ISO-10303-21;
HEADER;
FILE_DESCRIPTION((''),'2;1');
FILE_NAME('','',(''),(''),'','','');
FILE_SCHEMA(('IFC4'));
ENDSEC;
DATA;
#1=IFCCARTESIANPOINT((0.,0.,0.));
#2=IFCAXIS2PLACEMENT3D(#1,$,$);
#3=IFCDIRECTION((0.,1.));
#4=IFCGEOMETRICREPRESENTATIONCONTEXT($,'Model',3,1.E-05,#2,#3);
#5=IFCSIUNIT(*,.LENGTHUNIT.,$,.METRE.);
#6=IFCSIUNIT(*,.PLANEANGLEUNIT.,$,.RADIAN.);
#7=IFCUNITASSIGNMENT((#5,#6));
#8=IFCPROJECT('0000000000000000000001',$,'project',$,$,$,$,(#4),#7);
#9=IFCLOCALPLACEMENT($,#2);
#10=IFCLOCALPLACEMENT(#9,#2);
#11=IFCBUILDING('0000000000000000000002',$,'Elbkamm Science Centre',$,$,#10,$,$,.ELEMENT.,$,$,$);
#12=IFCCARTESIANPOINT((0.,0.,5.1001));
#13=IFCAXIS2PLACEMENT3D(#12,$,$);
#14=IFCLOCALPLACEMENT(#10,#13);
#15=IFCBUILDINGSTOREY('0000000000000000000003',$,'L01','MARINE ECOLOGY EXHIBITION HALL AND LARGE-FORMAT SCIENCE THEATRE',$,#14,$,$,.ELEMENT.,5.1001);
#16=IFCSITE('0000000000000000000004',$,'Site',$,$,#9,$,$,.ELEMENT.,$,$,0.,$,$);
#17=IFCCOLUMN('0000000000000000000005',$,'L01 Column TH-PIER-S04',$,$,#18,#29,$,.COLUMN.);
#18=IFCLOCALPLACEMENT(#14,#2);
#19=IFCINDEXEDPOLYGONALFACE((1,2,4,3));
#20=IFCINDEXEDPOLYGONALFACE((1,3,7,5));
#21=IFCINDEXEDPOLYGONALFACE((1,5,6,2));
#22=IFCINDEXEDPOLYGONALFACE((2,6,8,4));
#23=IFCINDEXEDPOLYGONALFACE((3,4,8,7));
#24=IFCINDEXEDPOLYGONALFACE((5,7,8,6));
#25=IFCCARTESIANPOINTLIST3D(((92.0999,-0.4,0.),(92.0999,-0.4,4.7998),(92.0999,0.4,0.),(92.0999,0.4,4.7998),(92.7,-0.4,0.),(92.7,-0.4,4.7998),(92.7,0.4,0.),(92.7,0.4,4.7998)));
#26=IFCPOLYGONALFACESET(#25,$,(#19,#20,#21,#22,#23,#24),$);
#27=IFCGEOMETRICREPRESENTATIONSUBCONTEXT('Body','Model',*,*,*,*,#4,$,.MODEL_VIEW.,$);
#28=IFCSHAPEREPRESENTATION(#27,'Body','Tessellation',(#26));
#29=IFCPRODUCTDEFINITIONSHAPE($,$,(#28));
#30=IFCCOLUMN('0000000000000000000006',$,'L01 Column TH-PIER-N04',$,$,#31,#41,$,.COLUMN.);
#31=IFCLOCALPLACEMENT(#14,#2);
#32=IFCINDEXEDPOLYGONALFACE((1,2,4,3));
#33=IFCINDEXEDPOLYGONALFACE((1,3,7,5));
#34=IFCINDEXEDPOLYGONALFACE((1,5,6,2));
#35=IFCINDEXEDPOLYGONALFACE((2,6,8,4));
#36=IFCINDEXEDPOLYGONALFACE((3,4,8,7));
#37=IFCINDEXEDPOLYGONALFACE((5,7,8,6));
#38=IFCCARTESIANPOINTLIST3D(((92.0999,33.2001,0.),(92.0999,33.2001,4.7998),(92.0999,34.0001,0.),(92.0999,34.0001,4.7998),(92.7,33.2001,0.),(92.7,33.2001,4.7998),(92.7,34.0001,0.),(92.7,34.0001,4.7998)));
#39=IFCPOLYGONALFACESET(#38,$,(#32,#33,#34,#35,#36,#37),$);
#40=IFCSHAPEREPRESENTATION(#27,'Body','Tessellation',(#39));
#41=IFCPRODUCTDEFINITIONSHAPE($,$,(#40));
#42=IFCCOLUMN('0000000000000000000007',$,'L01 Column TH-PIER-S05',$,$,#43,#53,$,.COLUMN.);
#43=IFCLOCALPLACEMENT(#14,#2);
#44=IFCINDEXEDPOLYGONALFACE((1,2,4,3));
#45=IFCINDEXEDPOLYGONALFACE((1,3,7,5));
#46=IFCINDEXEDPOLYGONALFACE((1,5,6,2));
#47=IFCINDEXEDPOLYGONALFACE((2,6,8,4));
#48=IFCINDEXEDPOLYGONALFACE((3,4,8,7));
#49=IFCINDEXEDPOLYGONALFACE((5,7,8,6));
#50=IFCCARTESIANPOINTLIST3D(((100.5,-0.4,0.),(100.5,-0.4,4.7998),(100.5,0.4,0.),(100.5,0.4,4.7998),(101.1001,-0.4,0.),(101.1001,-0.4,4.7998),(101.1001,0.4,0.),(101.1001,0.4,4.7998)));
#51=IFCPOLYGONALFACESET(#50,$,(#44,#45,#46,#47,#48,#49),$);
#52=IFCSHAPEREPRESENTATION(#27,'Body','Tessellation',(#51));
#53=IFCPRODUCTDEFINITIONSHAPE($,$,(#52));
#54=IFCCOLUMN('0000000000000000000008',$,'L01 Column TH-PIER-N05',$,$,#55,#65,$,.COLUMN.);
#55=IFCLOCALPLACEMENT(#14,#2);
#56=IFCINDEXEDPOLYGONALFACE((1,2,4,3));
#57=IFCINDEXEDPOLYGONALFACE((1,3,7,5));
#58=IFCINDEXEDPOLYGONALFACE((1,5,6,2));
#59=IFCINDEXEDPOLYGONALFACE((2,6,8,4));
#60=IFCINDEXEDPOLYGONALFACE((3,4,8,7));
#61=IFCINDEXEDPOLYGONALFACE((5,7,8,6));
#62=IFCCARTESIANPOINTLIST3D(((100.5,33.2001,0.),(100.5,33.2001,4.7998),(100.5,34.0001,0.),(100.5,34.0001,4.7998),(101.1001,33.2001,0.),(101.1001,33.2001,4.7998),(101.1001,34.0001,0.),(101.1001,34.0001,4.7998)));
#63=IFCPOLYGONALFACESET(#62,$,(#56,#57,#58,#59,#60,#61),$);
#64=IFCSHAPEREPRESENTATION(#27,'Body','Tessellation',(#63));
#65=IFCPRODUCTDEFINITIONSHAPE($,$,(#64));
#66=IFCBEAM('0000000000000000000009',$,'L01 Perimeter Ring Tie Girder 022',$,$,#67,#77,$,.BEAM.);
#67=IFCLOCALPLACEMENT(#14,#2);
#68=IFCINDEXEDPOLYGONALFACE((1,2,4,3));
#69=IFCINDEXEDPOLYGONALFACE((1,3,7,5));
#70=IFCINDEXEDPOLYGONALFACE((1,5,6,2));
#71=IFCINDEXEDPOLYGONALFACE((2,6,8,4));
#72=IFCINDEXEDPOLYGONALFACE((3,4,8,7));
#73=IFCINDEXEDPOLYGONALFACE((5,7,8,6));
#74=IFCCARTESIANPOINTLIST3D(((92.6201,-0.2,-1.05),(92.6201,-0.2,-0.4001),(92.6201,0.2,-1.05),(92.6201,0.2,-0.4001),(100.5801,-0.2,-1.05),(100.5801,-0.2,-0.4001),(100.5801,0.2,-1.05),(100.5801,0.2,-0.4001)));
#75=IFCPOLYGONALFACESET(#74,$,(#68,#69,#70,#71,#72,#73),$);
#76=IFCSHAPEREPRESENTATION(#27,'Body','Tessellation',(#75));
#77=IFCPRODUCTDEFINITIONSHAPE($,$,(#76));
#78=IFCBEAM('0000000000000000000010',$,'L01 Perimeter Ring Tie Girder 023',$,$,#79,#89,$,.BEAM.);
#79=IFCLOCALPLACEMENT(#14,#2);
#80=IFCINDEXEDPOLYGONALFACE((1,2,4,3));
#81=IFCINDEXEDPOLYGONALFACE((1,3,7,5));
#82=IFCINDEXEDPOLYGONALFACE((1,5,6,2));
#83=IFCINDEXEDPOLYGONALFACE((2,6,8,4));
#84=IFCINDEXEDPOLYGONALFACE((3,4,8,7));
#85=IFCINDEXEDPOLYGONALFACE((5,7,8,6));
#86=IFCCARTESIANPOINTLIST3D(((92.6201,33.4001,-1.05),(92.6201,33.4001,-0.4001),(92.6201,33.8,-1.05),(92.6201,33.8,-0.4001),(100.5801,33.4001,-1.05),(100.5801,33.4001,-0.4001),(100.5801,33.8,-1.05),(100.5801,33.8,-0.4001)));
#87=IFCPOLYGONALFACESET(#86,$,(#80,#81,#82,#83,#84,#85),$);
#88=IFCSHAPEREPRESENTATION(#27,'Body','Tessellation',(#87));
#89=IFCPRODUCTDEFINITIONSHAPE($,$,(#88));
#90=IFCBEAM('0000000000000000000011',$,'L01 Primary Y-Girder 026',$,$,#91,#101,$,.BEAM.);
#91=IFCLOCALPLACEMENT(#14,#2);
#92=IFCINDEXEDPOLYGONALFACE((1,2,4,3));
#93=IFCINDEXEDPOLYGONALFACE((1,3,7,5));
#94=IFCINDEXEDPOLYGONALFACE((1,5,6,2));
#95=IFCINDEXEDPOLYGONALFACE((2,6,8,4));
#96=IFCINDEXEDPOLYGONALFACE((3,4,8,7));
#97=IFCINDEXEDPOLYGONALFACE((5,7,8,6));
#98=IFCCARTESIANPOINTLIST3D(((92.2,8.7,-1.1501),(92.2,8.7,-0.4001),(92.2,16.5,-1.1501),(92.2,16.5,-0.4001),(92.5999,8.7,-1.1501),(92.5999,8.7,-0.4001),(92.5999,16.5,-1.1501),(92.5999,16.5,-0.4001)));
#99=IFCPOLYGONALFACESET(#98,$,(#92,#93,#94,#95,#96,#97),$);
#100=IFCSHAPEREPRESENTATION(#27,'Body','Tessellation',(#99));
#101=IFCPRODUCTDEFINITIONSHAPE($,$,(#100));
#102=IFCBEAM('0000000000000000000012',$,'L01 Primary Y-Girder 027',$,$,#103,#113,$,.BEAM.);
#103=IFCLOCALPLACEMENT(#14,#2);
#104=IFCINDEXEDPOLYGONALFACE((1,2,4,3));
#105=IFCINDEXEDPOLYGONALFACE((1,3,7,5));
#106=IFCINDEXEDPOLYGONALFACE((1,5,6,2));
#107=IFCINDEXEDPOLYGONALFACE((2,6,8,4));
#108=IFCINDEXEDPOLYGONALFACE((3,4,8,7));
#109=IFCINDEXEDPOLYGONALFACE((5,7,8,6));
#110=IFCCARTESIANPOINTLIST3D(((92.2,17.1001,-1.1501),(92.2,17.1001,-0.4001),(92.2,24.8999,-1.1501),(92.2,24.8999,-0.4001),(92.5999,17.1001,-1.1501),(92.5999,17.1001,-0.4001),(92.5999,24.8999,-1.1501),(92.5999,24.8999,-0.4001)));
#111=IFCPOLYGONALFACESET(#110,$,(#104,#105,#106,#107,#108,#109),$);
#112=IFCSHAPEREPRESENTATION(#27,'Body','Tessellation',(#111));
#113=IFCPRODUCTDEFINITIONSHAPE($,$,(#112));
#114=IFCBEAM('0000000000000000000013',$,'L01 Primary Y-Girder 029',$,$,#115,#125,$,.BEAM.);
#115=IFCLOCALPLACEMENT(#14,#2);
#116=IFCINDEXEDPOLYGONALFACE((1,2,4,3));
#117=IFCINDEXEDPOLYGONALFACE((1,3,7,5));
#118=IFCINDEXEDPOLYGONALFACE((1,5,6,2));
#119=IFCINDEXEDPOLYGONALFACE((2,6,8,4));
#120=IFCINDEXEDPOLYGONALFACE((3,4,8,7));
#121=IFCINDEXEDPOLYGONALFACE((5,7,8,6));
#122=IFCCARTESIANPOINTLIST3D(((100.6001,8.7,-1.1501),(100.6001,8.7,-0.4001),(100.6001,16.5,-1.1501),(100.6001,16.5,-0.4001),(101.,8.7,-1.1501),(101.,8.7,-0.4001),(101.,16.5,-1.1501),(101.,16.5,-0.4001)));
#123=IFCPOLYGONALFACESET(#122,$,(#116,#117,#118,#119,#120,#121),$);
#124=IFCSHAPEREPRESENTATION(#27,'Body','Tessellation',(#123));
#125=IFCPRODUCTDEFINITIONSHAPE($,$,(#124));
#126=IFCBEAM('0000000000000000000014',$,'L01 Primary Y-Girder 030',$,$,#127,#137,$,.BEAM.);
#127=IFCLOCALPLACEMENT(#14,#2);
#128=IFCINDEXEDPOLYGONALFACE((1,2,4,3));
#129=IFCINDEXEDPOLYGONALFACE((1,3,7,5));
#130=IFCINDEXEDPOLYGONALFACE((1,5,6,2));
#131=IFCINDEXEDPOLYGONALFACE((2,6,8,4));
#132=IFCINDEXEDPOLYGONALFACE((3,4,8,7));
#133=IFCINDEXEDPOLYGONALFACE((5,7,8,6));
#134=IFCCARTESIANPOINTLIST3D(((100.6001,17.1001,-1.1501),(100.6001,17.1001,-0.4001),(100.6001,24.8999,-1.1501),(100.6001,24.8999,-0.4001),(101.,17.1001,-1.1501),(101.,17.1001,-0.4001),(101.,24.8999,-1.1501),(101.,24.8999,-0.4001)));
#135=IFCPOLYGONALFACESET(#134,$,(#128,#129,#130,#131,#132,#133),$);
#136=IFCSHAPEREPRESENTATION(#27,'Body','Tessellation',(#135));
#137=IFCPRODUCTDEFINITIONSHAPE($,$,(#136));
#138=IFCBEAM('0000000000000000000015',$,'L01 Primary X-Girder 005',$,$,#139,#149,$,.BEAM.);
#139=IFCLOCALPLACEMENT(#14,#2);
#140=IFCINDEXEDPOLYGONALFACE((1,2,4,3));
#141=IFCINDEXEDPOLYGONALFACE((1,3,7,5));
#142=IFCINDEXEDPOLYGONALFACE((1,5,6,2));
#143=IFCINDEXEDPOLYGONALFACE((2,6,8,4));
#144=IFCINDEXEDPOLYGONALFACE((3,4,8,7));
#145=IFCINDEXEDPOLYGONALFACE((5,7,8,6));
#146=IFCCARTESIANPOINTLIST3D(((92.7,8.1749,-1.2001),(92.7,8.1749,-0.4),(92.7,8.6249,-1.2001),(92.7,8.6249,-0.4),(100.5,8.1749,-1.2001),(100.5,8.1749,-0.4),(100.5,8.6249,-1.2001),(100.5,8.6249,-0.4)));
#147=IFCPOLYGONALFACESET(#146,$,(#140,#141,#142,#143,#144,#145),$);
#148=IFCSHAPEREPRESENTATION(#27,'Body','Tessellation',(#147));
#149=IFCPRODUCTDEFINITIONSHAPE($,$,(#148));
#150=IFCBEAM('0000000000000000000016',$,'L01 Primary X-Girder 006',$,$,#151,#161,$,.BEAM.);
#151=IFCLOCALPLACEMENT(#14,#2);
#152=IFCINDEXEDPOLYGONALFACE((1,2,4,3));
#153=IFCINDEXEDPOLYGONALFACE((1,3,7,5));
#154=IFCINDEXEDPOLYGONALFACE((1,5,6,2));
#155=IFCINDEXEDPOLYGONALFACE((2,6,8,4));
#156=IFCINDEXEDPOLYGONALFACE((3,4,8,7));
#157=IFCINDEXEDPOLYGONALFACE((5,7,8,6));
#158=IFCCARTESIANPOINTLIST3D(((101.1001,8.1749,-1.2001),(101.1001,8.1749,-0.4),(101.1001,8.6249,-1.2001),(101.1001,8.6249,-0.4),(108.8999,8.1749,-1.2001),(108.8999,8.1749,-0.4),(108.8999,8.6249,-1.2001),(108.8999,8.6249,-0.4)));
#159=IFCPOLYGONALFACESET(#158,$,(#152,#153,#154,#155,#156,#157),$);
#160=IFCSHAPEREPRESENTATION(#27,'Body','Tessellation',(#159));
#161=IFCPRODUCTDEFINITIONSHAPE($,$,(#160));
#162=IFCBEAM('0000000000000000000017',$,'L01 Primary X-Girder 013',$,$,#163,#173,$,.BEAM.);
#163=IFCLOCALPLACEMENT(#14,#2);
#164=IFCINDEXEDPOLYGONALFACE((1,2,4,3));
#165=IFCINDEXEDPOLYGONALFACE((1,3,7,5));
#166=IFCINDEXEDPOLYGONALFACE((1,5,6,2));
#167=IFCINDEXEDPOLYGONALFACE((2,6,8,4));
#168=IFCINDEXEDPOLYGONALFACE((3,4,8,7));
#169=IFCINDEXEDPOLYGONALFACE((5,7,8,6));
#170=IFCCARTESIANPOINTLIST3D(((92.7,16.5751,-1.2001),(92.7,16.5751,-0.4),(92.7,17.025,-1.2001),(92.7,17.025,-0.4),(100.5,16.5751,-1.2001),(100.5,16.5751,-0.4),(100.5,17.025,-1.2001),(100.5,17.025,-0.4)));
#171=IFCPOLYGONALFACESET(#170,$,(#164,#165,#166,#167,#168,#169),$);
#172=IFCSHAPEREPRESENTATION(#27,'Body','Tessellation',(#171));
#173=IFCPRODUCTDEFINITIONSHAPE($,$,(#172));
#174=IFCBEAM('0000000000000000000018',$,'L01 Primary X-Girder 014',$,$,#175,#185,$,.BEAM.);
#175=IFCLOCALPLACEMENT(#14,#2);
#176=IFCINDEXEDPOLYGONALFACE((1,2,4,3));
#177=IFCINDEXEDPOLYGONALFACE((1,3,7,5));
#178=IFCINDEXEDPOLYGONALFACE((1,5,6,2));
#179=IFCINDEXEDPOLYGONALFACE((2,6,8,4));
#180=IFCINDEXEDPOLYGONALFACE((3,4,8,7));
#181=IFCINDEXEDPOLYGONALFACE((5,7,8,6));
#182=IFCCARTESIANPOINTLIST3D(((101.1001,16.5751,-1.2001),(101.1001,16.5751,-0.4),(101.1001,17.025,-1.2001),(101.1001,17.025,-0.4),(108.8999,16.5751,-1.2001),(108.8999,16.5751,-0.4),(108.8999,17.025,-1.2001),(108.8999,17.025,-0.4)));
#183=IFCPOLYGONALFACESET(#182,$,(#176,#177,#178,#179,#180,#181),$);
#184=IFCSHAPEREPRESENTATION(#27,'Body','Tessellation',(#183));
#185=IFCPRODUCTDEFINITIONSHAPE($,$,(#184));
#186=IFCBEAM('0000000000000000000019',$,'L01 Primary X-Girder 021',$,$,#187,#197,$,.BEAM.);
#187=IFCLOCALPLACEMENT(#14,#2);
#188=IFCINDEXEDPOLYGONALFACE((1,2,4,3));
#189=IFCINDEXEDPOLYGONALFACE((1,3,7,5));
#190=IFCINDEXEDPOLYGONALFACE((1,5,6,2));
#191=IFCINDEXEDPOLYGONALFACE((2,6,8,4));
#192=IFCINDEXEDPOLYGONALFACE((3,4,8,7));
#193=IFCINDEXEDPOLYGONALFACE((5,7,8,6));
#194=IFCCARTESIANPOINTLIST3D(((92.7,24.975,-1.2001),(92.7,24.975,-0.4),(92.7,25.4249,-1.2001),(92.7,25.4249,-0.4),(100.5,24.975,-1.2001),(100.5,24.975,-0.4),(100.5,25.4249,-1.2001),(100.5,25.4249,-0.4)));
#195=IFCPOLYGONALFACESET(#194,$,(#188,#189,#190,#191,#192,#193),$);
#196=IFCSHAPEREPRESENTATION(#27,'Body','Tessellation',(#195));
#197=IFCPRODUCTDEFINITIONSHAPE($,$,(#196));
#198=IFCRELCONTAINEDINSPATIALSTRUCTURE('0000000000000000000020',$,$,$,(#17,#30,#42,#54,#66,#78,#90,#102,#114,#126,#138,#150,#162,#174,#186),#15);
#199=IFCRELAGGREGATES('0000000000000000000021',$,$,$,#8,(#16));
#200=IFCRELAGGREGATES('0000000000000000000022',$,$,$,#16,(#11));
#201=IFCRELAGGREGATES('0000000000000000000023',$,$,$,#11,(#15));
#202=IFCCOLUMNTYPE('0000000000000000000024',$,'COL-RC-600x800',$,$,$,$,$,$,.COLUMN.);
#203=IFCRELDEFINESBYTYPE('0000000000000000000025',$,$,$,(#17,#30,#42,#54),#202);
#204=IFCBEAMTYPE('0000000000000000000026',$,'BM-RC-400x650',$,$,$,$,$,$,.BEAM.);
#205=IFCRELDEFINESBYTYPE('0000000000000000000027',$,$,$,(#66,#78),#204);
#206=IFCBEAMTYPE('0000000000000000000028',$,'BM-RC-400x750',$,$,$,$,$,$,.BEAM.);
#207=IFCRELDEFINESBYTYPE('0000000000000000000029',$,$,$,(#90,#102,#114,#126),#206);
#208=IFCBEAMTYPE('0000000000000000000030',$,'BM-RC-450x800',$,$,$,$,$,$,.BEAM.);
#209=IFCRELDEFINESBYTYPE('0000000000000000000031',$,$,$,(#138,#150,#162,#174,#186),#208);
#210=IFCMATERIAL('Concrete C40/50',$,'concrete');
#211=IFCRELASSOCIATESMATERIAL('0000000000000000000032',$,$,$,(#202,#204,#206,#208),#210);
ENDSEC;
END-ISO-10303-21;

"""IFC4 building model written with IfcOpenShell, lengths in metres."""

from ifc_helpers import new_model, si_unit, direction, frame, origin, origin_2d, place, context, subcontext, project, spatial, rectangle, extrude, material, material_profile, profile_set, type_object, element, save


model = new_model("IFC4")

# Units and contexts
model_context = context("Model", 3, precision=1e-05, world=origin(), true_north=direction((0.0, 1.0)))
body_context = subcontext(model_context, "Body", "Model", "MODEL_VIEW")
ifc_project = project(units=[si_unit("LENGTHUNIT", "METRE"), si_unit("PLANEANGLEUNIT", "RADIAN")], contexts=[model_context])

# Site, building, storey
site_placement = place(None, origin())
site = spatial("IfcSite", under=ifc_project, at=site_placement, Name="Site", CompositionType="ELEMENT", RefElevation=0.0)
building_placement = place(site_placement, origin())
building = spatial("IfcBuilding", under=site, at=building_placement, Name="Elbkamm Science Centre", CompositionType="ELEMENT")
storey_placement = place(building_placement, frame((0.0, 0.0, 5.1001)))
storey = spatial("IfcBuildingStorey", under=building, at=storey_placement, Name="L01", Description="MARINE ECOLOGY EXHIBITION HALL AND LARGE-FORMAT SCIENCE THEATRE", CompositionType="ELEMENT", Elevation=5.1001)

# Columns
ifc_material_1 = material(Name="Concrete C40/50", Category="concrete")
ifc_material_profile_1 = material_profile(ifc_material_1, rectangle(XDim=0.6001, YDim=0.8, at=origin_2d()), Name="RC 600x800")
ifc_profile_set_1 = profile_set([ifc_material_profile_1], Name="Concrete C40/50")
column_type = type_object("IfcColumnType", Name="COL-RC-600x800", PredefinedType="COLUMN", material=ifc_profile_set_1)
for number, where, z_axis, x_axis, name in (
    (1, (92.3999, 0.0, 0.0), (0.0, 0.0, 1.0), (1.0, 0.0, 0.0), "L01 Column TH-PIER-S04"),
    (2, (92.3999, 33.6001, 0.0), (0.0, 0.0, 1.0), (1.0, 0.0, 0.0), "L01 Column TH-PIER-N04"),
    (3, (100.8, 0.0, 0.0), (0.0, 0.0, 1.0), (1.0, 0.0, 0.0), "L01 Column TH-PIER-S05"),
    (4, (100.8, 33.6001, 0.0), (0.0, 0.0, 1.0), (1.0, 0.0, 0.0), "L01 Column TH-PIER-N05"),
):
    element("IfcColumn", number, at=place(storey_placement, frame(where, z_axis=z_axis, x_axis=x_axis)), inside=storey, type_object=column_type, Name=name, PredefinedType="COLUMN", context=body_context, shape_type="SweptSolid", body=[
        extrude(rectangle(XDim=0.6001, YDim=0.8, at=origin_2d()), origin(), (0.0, 0.0, 1.0), 4.7998),
    ])

# Beams
ifc_material_profile_2 = material_profile(ifc_material_1, rectangle(XDim=0.3999, YDim=0.6499, at=origin_2d()), Name="RC 400x650")
ifc_profile_set_2 = profile_set([ifc_material_profile_2], Name="Concrete C40/50")
beam_type_1 = type_object("IfcBeamType", Name="BM-RC-400x650", PredefinedType="BEAM", material=ifc_profile_set_2)
for number, where, z_axis, x_axis, name in (
    (5, (92.6201, 0.0, -0.7251), (1.0, 0.0, 0.0), (0.0, 1.0, 0.0), "L01 Perimeter Ring Tie Girder 022"),
    (6, (92.6201, 33.6001, -0.7251), (1.0, 0.0, 0.0), (0.0, 1.0, 0.0), "L01 Perimeter Ring Tie Girder 023"),
):
    element("IfcBeam", number, at=place(storey_placement, frame(where, z_axis=z_axis, x_axis=x_axis)), inside=storey, type_object=beam_type_1, Name=name, PredefinedType="BEAM", context=body_context, shape_type="SweptSolid", body=[
        extrude(rectangle(XDim=0.3999, YDim=0.6499, at=origin_2d()), origin(), (0.0, 0.0, 1.0), 7.96),
    ])
ifc_material_profile_3 = material_profile(ifc_material_1, rectangle(XDim=0.3999, YDim=0.75, at=origin_2d()), Name="RC 400x750")
ifc_profile_set_3 = profile_set([ifc_material_profile_3], Name="Concrete C40/50")
beam_type_2 = type_object("IfcBeamType", Name="BM-RC-400x750", PredefinedType="BEAM", material=ifc_profile_set_3)
beam_1_placement = place(storey_placement, frame((92.3999, 8.7, -0.7751), z_axis=(0.0, 1.0, 0.0), x_axis=(-1.0, 0.0, 0.0)))
element("IfcBeam", 7, at=beam_1_placement, inside=storey, type_object=beam_type_2, Name="L01 Primary Y-Girder 026", PredefinedType="BEAM", context=body_context, shape_type="SweptSolid", body=[
    extrude(rectangle(XDim=0.3999, YDim=0.75, at=origin_2d()), origin(), (0.0, 0.0, 1.0), 7.8),
])
beam_2_placement = place(storey_placement, frame((92.3999, 17.1001, -0.7751), z_axis=(0.0, 1.0, 0.0), x_axis=(-1.0, 0.0, 0.0)))
element("IfcBeam", 8, at=beam_2_placement, inside=storey, type_object=beam_type_2, Name="L01 Primary Y-Girder 027", PredefinedType="BEAM", context=body_context, shape_type="SweptSolid", body=[
    extrude(rectangle(XDim=0.3999, YDim=0.75, at=origin_2d()), origin(), (0.0, 0.0, 1.0), 7.7998),
])
beam_3_placement = place(storey_placement, frame((100.8, 8.7, -0.7751), z_axis=(0.0, 1.0, 0.0), x_axis=(-1.0, 0.0, 0.0)))
element("IfcBeam", 9, at=beam_3_placement, inside=storey, type_object=beam_type_2, Name="L01 Primary Y-Girder 029", PredefinedType="BEAM", context=body_context, shape_type="SweptSolid", body=[
    extrude(rectangle(XDim=0.3999, YDim=0.75, at=origin_2d()), origin(), (0.0, 0.0, 1.0), 7.8),
])
beam_4_placement = place(storey_placement, frame((100.8, 17.1001, -0.7751), z_axis=(0.0, 1.0, 0.0), x_axis=(-1.0, 0.0, 0.0)))
element("IfcBeam", 10, at=beam_4_placement, inside=storey, type_object=beam_type_2, Name="L01 Primary Y-Girder 030", PredefinedType="BEAM", context=body_context, shape_type="SweptSolid", body=[
    extrude(rectangle(XDim=0.3999, YDim=0.75, at=origin_2d()), origin(), (0.0, 0.0, 1.0), 7.7998),
])
ifc_material_profile_4 = material_profile(ifc_material_1, rectangle(XDim=0.45, YDim=0.8, at=origin_2d()), Name="RC 450x800")
ifc_profile_set_4 = profile_set([ifc_material_profile_4], Name="Concrete C40/50")
beam_type_3 = type_object("IfcBeamType", Name="BM-RC-450x800", PredefinedType="BEAM", material=ifc_profile_set_4)
beam_5_placement = place(storey_placement, frame((92.7, 8.3999, -0.8), z_axis=(1.0, 0.0, 0.0), x_axis=(0.0, 1.0, 0.0)))
element("IfcBeam", 11, at=beam_5_placement, inside=storey, type_object=beam_type_3, Name="L01 Primary X-Girder 005", PredefinedType="BEAM", context=body_context, shape_type="SweptSolid", body=[
    extrude(rectangle(XDim=0.45, YDim=0.8, at=origin_2d()), origin(), (0.0, 0.0, 1.0), 7.8),
])
beam_6_placement = place(storey_placement, frame((101.1001, 8.3999, -0.8), z_axis=(1.0, 0.0, 0.0), x_axis=(0.0, 1.0, 0.0)))
element("IfcBeam", 12, at=beam_6_placement, inside=storey, type_object=beam_type_3, Name="L01 Primary X-Girder 006", PredefinedType="BEAM", context=body_context, shape_type="SweptSolid", body=[
    extrude(rectangle(XDim=0.45, YDim=0.8, at=origin_2d()), origin(), (0.0, 0.0, 1.0), 7.7998),
])
beam_7_placement = place(storey_placement, frame((92.7, 16.8, -0.8), z_axis=(1.0, 0.0, 0.0), x_axis=(0.0, 1.0, 0.0)))
element("IfcBeam", 13, at=beam_7_placement, inside=storey, type_object=beam_type_3, Name="L01 Primary X-Girder 013", PredefinedType="BEAM", context=body_context, shape_type="SweptSolid", body=[
    extrude(rectangle(XDim=0.45, YDim=0.8, at=origin_2d()), origin(), (0.0, 0.0, 1.0), 7.8),
])
beam_8_placement = place(storey_placement, frame((101.1001, 16.8, -0.8), z_axis=(1.0, 0.0, 0.0), x_axis=(0.0, 1.0, 0.0)))
element("IfcBeam", 14, at=beam_8_placement, inside=storey, type_object=beam_type_3, Name="L01 Primary X-Girder 014", PredefinedType="BEAM", context=body_context, shape_type="SweptSolid", body=[
    extrude(rectangle(XDim=0.45, YDim=0.8, at=origin_2d()), origin(), (0.0, 0.0, 1.0), 7.7998),
])
beam_9_placement = place(storey_placement, frame((92.7, 25.2, -0.8), z_axis=(1.0, 0.0, 0.0), x_axis=(0.0, 1.0, 0.0)))
element("IfcBeam", 15, at=beam_9_placement, inside=storey, type_object=beam_type_3, Name="L01 Primary X-Girder 021", PredefinedType="BEAM", context=body_context, shape_type="SweptSolid", body=[
    extrude(rectangle(XDim=0.45, YDim=0.8, at=origin_2d()), origin(), (0.0, 0.0, 1.0), 7.8),
])

save(model, "model.ifc")
